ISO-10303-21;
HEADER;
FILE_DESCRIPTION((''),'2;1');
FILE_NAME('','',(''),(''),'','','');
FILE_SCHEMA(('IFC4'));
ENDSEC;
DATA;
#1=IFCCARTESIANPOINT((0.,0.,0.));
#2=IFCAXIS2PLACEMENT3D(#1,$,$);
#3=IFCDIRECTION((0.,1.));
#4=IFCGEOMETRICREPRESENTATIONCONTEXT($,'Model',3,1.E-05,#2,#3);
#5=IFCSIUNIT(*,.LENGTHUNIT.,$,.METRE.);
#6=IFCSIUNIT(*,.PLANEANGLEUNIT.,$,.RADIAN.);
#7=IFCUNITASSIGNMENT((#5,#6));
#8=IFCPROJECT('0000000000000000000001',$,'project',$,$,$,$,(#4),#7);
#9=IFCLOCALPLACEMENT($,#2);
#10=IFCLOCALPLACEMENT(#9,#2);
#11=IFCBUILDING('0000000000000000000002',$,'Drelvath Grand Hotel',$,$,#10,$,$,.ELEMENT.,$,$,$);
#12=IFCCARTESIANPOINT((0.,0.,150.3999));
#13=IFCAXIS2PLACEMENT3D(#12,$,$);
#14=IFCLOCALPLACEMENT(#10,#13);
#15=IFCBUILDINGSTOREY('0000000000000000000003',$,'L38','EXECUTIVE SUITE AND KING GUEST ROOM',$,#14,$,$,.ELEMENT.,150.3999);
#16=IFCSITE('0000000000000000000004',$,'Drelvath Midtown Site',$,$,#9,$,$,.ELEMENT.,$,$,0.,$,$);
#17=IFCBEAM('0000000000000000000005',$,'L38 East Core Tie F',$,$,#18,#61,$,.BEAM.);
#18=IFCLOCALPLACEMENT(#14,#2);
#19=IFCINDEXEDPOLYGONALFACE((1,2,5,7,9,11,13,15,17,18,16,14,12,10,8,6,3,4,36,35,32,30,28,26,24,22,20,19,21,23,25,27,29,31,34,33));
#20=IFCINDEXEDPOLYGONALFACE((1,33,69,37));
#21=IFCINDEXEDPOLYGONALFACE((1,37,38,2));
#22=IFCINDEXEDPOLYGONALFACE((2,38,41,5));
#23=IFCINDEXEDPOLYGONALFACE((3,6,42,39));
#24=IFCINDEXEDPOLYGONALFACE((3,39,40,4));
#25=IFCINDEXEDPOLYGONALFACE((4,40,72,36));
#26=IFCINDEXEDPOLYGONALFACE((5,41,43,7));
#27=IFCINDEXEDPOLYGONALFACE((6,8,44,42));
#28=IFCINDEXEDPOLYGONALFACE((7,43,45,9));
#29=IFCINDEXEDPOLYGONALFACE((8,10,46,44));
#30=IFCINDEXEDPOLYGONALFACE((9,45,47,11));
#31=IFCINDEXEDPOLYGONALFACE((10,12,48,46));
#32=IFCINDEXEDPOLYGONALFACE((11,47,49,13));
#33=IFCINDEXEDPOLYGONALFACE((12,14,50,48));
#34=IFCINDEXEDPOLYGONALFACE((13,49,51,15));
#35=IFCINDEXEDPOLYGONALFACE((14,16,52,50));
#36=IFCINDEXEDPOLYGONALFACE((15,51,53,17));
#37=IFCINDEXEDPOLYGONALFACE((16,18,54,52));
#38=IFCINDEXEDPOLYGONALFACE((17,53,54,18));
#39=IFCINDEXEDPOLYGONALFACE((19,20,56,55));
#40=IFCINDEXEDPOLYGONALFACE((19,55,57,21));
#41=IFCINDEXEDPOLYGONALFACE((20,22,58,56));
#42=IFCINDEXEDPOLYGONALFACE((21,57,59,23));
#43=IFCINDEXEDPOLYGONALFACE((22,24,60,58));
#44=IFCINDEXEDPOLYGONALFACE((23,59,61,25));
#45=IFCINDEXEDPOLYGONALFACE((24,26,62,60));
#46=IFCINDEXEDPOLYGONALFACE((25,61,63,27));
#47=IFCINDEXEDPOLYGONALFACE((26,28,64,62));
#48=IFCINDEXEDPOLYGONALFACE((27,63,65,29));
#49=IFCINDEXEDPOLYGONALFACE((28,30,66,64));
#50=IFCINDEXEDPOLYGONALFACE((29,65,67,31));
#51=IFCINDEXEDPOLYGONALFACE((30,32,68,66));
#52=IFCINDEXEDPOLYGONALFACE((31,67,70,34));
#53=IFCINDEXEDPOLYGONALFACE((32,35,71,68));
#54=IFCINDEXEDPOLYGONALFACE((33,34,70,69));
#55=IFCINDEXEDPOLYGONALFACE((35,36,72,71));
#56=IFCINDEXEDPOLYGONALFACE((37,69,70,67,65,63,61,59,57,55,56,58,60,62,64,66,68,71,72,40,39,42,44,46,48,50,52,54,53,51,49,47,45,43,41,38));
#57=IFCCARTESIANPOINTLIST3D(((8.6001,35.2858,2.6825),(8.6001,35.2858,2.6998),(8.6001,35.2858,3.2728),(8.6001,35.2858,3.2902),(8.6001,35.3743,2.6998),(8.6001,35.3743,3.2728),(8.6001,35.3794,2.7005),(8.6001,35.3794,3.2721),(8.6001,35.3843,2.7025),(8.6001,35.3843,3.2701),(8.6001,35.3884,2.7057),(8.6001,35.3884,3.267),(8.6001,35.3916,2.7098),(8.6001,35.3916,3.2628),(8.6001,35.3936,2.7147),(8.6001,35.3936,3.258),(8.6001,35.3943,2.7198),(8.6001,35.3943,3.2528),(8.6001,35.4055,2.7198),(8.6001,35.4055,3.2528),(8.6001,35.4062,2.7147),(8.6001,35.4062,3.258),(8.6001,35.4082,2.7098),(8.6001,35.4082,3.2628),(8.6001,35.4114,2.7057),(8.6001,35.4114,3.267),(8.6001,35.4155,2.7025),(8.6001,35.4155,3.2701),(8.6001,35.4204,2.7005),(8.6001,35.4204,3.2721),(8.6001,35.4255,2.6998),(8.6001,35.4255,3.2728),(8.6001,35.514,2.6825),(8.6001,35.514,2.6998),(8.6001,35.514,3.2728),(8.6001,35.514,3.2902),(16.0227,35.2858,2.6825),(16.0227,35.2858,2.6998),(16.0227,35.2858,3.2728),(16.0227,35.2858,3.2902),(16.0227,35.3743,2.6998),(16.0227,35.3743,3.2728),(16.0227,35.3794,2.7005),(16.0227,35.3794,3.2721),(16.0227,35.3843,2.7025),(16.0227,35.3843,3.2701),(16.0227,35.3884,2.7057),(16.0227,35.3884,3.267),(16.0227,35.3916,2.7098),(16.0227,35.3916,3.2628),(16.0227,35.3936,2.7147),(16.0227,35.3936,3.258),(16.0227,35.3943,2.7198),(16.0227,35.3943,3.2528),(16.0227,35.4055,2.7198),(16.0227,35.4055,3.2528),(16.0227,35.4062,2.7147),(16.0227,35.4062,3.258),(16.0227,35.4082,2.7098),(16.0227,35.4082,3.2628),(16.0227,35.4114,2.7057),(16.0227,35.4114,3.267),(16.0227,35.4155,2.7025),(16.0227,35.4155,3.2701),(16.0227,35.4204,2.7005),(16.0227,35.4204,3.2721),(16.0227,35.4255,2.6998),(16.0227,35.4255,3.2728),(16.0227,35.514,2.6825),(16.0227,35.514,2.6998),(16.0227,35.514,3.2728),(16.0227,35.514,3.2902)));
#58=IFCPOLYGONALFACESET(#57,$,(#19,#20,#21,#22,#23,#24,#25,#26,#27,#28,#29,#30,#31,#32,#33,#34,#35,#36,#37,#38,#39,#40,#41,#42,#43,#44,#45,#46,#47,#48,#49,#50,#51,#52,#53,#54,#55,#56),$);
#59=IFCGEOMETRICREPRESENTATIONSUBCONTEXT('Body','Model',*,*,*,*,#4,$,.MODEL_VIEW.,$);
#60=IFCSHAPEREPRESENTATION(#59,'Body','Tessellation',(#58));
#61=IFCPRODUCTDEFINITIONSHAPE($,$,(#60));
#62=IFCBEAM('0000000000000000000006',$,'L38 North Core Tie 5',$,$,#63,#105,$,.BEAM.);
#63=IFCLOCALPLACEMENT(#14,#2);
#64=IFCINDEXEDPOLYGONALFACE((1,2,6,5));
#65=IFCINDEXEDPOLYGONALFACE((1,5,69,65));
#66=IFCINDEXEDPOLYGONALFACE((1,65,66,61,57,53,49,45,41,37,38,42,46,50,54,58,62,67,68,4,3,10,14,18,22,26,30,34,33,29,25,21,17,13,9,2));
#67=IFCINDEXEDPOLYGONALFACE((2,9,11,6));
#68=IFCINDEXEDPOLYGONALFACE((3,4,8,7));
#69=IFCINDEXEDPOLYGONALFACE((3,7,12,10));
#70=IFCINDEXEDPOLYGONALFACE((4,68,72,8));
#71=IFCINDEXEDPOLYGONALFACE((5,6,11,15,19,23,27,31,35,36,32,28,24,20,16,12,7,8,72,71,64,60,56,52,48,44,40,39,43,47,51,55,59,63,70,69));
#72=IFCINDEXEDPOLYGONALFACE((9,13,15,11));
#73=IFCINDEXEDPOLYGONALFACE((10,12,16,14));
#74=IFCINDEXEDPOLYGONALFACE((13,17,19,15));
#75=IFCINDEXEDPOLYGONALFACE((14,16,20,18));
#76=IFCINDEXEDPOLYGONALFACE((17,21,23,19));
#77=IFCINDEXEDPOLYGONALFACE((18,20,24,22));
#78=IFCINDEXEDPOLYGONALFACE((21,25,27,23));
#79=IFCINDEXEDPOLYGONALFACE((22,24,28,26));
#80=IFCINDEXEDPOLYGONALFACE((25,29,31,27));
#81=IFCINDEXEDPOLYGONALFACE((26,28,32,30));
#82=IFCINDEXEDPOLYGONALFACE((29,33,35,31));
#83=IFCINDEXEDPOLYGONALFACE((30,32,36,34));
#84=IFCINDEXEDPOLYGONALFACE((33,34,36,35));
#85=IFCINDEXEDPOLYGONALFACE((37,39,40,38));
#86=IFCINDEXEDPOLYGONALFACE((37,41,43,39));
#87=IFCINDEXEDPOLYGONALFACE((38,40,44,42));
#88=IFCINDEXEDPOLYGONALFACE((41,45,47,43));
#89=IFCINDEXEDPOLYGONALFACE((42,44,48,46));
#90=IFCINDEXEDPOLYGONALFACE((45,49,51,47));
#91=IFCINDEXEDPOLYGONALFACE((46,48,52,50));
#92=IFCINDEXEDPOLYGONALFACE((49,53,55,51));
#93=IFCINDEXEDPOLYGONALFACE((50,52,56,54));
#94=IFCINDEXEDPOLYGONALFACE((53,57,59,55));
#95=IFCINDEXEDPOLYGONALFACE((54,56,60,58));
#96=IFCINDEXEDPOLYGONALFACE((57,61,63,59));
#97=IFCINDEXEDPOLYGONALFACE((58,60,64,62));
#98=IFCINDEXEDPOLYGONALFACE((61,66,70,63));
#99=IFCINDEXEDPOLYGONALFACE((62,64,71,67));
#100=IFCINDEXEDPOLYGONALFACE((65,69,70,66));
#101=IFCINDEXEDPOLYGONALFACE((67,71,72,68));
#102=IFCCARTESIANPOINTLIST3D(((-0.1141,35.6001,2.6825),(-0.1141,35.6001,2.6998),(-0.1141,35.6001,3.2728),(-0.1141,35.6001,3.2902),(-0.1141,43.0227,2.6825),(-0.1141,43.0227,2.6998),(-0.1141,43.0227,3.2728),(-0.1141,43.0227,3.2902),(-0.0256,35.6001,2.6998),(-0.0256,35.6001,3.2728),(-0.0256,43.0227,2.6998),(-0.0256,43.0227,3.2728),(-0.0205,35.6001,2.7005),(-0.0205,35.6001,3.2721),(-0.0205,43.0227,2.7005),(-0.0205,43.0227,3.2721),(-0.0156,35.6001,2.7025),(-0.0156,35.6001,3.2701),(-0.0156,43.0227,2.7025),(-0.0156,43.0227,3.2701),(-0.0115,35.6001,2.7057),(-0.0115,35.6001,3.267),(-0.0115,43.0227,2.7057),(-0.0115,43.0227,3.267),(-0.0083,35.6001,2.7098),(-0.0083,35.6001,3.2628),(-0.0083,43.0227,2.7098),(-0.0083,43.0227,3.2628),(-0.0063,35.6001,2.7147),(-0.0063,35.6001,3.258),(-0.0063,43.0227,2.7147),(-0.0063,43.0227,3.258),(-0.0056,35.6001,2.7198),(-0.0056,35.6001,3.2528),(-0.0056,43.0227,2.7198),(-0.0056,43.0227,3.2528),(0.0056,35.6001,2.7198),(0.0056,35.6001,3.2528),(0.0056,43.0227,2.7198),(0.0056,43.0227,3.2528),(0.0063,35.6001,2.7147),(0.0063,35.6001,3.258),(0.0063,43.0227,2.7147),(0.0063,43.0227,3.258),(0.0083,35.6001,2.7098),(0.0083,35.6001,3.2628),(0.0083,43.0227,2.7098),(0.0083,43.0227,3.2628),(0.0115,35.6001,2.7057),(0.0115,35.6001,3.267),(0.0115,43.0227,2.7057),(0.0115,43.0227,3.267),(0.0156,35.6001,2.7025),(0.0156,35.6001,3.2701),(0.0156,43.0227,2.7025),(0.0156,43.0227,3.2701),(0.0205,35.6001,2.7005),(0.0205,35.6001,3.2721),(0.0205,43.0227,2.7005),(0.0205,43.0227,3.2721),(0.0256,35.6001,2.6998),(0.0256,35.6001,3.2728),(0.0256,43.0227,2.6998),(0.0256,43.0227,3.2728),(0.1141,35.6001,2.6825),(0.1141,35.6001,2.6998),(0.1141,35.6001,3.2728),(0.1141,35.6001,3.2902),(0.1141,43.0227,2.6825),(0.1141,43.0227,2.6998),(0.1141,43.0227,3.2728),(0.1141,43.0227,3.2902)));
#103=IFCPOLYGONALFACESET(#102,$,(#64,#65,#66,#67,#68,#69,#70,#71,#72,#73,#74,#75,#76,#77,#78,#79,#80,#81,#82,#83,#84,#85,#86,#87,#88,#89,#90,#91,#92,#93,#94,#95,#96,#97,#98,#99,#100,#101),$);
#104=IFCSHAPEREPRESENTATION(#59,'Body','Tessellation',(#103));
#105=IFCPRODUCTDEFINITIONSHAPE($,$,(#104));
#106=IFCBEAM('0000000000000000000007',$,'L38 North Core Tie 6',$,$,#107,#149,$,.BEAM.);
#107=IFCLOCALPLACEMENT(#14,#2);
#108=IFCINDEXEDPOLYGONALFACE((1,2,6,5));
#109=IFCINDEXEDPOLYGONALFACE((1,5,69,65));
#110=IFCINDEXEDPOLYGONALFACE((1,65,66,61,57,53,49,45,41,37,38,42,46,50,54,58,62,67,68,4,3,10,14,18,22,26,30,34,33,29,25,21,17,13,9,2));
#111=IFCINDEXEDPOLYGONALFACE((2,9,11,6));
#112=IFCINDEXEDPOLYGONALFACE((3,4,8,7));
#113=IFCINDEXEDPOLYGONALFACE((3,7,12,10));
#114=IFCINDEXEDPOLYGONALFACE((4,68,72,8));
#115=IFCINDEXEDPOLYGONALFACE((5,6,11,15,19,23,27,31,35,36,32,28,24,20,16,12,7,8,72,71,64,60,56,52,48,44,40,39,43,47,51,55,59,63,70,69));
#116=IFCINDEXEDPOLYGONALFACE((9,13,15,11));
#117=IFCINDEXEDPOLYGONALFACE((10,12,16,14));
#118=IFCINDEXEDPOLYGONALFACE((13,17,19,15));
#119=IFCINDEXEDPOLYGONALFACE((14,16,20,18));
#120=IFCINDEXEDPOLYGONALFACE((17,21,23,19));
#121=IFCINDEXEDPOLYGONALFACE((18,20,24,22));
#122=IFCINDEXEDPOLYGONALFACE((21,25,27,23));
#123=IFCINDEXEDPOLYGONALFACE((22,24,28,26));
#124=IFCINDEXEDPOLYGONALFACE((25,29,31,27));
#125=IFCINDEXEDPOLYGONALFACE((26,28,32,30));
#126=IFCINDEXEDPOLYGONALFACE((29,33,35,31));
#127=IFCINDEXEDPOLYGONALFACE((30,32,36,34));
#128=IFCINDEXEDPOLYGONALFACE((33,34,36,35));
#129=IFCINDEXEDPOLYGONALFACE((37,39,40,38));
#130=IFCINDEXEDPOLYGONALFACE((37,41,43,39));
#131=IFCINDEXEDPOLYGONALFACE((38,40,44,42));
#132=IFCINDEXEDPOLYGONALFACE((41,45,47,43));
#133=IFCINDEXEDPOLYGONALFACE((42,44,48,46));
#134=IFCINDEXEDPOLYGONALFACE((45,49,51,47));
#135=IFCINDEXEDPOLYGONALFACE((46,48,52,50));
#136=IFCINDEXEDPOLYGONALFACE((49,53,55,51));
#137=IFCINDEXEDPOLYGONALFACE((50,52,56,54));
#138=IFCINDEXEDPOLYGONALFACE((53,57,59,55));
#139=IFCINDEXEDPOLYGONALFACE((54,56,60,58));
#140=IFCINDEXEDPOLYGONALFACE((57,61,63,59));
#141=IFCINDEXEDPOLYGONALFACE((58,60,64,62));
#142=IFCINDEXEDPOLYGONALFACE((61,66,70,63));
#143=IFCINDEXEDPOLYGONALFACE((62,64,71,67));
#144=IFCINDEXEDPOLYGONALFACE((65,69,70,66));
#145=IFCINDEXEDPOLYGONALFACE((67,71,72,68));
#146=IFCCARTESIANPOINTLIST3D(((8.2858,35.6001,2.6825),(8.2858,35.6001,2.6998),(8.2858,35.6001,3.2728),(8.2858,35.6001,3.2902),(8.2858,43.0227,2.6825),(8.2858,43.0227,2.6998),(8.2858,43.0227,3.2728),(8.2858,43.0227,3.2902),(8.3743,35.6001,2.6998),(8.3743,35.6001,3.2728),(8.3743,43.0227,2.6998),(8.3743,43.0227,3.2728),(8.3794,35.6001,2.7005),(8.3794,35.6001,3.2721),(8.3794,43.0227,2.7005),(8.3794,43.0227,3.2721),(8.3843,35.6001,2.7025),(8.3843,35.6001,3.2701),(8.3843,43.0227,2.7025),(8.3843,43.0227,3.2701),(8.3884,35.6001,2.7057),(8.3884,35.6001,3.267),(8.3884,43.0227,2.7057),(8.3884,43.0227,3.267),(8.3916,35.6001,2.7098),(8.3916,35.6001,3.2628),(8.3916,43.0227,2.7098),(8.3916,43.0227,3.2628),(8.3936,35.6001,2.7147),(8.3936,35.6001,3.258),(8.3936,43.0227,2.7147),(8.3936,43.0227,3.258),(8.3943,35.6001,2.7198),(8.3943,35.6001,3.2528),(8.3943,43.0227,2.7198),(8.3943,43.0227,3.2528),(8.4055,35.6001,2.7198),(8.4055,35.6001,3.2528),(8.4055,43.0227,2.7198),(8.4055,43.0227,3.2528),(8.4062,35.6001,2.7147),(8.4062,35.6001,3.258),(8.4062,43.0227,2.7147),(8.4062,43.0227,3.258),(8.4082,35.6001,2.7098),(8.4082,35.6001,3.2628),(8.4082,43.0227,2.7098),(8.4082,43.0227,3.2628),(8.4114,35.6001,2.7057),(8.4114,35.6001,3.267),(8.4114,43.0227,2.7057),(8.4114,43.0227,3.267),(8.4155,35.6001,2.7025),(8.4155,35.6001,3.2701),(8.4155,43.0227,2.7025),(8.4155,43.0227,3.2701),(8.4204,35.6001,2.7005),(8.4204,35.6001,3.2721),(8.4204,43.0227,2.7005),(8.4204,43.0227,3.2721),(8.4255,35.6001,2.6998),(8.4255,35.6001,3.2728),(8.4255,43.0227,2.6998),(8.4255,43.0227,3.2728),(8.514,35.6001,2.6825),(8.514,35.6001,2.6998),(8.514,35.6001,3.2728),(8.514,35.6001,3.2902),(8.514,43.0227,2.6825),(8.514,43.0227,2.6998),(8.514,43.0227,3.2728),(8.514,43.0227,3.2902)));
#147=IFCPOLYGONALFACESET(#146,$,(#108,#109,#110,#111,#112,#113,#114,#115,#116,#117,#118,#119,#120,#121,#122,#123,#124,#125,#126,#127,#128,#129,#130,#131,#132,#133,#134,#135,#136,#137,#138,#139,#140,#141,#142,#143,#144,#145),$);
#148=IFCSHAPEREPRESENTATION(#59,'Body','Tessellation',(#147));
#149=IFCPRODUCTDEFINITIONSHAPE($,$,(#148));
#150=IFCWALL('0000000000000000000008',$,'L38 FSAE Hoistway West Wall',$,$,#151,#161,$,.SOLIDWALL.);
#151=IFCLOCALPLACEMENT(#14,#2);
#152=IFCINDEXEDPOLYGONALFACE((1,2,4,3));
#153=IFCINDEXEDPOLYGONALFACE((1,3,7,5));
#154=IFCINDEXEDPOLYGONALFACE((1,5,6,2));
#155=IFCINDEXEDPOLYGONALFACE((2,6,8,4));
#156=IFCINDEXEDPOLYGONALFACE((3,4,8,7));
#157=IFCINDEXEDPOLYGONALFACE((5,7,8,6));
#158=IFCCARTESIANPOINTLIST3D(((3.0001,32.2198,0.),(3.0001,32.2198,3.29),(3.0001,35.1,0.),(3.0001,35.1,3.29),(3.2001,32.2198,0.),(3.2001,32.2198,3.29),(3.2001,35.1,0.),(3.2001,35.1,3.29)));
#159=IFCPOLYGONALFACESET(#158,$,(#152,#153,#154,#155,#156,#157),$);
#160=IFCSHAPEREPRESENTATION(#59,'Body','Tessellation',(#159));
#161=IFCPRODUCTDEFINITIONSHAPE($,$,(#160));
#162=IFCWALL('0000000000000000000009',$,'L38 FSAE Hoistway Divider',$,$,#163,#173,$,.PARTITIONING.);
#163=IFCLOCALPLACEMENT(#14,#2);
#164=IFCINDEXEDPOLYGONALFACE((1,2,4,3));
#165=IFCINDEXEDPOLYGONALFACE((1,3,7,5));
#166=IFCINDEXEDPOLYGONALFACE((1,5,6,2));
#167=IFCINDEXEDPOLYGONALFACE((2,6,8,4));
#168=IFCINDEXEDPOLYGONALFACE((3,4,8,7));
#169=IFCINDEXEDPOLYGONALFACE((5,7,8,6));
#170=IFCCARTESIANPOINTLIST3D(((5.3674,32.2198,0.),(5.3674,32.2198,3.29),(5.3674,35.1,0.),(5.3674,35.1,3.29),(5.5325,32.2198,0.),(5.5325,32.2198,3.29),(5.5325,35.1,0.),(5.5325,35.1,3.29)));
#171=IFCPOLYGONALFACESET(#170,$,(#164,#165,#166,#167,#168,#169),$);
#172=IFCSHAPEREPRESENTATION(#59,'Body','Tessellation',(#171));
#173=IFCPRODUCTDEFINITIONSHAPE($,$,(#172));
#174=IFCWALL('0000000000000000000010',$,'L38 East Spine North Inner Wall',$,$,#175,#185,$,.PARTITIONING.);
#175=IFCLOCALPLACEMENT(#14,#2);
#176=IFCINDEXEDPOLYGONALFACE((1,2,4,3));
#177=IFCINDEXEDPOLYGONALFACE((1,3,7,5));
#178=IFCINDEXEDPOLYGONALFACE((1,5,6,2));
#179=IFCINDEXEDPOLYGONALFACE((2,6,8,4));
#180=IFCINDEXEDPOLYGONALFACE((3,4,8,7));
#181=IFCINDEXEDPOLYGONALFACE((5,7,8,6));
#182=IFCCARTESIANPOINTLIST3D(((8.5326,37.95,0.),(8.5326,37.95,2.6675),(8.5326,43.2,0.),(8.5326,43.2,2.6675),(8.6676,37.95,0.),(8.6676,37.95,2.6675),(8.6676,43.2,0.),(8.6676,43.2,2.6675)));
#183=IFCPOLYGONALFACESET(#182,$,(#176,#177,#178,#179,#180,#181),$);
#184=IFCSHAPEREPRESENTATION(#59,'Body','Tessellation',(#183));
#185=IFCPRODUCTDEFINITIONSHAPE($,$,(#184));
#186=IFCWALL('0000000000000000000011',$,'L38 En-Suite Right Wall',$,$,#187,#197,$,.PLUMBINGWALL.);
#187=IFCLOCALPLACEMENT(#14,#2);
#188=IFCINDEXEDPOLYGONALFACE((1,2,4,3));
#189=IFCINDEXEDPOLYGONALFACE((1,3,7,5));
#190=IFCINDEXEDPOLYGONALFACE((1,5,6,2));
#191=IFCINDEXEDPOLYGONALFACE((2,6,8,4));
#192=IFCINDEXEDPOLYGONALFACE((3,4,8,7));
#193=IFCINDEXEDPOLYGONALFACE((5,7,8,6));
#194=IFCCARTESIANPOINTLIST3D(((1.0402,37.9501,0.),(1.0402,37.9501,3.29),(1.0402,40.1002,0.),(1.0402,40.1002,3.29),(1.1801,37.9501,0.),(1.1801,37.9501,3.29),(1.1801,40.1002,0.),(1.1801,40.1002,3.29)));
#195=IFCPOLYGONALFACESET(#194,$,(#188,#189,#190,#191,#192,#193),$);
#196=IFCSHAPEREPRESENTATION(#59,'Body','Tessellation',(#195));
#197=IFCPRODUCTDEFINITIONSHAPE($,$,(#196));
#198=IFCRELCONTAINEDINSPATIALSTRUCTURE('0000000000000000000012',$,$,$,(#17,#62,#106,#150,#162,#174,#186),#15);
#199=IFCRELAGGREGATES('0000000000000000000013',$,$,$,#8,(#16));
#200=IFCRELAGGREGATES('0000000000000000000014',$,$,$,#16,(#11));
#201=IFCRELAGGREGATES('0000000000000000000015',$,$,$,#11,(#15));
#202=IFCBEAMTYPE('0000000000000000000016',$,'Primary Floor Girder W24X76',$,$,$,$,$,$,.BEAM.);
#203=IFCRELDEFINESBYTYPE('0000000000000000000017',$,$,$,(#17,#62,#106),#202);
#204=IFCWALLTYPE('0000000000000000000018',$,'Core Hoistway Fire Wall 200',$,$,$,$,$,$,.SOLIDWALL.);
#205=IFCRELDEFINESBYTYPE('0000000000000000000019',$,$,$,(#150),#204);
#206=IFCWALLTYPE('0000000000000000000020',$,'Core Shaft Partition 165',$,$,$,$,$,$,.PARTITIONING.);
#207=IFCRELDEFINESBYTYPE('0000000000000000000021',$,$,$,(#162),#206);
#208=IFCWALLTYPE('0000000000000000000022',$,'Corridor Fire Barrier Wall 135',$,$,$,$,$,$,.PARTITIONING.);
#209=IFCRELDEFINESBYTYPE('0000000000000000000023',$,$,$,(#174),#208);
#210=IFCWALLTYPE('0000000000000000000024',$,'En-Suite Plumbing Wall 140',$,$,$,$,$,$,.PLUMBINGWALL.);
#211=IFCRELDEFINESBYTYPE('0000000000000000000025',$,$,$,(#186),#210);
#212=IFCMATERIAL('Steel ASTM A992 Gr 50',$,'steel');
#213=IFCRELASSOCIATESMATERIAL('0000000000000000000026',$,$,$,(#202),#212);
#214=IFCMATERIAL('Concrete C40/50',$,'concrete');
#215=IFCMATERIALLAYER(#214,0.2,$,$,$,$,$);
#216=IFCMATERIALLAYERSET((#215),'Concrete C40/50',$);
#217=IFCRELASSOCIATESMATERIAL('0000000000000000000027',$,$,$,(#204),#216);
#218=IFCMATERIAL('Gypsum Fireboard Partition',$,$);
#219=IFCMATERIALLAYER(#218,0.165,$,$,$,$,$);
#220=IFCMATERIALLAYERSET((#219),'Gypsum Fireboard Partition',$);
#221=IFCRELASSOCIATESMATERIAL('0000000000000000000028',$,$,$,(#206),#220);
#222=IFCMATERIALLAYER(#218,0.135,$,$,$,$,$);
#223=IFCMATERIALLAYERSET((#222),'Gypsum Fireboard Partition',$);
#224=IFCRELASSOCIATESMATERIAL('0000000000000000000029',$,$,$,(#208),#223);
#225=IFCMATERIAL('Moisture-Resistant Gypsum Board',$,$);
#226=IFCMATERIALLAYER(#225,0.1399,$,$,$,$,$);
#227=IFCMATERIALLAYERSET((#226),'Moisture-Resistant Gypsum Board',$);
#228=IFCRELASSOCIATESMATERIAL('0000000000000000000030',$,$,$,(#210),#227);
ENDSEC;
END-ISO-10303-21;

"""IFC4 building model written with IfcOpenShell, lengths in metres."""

from ifc_helpers import new_model, si_unit, direction, frame, frame_2d, origin, origin_2d, place, context, subcontext, project, spatial, rectangle, i_section, extrude, material, layer, layer_set, material_profile, profile_set, type_object, element, save


model = new_model("IFC4")

# Units and contexts
model_context = context("Model", 3, precision=1e-05, world=origin(), true_north=direction((0.0, 1.0)))
body_context = subcontext(model_context, "Body", "Model", "MODEL_VIEW")
ifc_project = project(units=[si_unit("LENGTHUNIT", "METRE"), si_unit("PLANEANGLEUNIT", "RADIAN")], contexts=[model_context])

# Site, building, storey
site_placement = place(None, origin())
site = spatial("IfcSite", under=ifc_project, at=site_placement, Name="Drelvath Midtown Site", CompositionType="ELEMENT", RefElevation=0.0)
building_placement = place(site_placement, origin())
building = spatial("IfcBuilding", under=site, at=building_placement, Name="Drelvath Grand Hotel", CompositionType="ELEMENT")
storey_placement = place(building_placement, frame((0.0, 0.0, 150.3999)))
storey = spatial("IfcBuildingStorey", under=building, at=storey_placement, Name="L38", Description="EXECUTIVE SUITE AND KING GUEST ROOM", CompositionType="ELEMENT", Elevation=150.3999)

# Beams
ifc_material_1 = material(Name="Steel ASTM A992 Gr 50", Category="steel")
ifc_material_profile = material_profile(ifc_material_1, i_section(OverallWidth=0.2283, OverallDepth=0.6077, WebThickness=0.0112, FlangeThickness=0.0173, FilletRadius=0.02, at=origin_2d()), Name="W24X76")
ifc_profile_set = profile_set([ifc_material_profile], Name="Steel ASTM A992 Gr 50")
beam_type = type_object("IfcBeamType", Name="Primary Floor Girder W24X76", PredefinedType="BEAM", material=ifc_profile_set)
for number, where, z_axis, x_axis, name in (
    (1, (8.6001, 35.3999, 2.9863), (1.0, 0.0, 0.0), (0.0, 1.0, 0.0), "L38 East Core Tie F"),
    (2, (0.0, 35.6001, 2.9863), (0.0, 1.0, 0.0), (-1.0, 0.0, 0.0), "L38 North Core Tie 5"),
    (3, (8.3999, 35.6001, 2.9863), (0.0, 1.0, 0.0), (-1.0, 0.0, 0.0), "L38 North Core Tie 6"),
):
    element("IfcBeam", number, at=place(storey_placement, frame(where, z_axis=z_axis, x_axis=x_axis)), inside=storey, type_object=beam_type, Name=name, PredefinedType="BEAM", context=body_context, shape_type="SweptSolid", body=[
        extrude(i_section(OverallWidth=0.2283, OverallDepth=0.6077, WebThickness=0.0112, FlangeThickness=0.0173, FilletRadius=0.02, at=origin_2d()), origin(), (0.0, 0.0, 1.0), 7.4226),
    ])

# Walls
ifc_material_2 = material(Name="Concrete C40/50", Category="concrete")
ifc_layer_1 = layer(ifc_material_2, 0.2)
ifc_layer_set_1 = layer_set([ifc_layer_1], Name="Concrete C40/50")
wall_type_1 = type_object("IfcWallType", Name="Core Hoistway Fire Wall 200", PredefinedType="SOLIDWALL", material=ifc_layer_set_1)
wall_1_placement = place(storey_placement, frame((3.1001, 32.22, 0.0), z_axis=(0.0, 0.0, 1.0), x_axis=(0.0, 1.0, 0.0)))
element("IfcWall", 4, at=wall_1_placement, inside=storey, type_object=wall_type_1, Name="L38 FSAE Hoistway West Wall", PredefinedType="SOLIDWALL", context=body_context, shape_type="SweptSolid", body=[
    extrude(rectangle(XDim=2.8801, YDim=0.2, at=frame_2d((1.4399, 0.0))), origin(), (0.0, 0.0, 1.0), 3.29),
])
ifc_material_3 = material(Name="Gypsum Fireboard Partition")
ifc_layer_2 = layer(ifc_material_3, 0.165)
ifc_layer_set_2 = layer_set([ifc_layer_2], Name="Gypsum Fireboard Partition")
wall_type_2 = type_object("IfcWallType", Name="Core Shaft Partition 165", PredefinedType="PARTITIONING", material=ifc_layer_set_2)
wall_2_placement = place(storey_placement, frame((5.45, 32.22, 0.0), z_axis=(0.0, 0.0, 1.0), x_axis=(0.0, 1.0, 0.0)))
element("IfcWall", 5, at=wall_2_placement, inside=storey, type_object=wall_type_2, Name="L38 FSAE Hoistway Divider", PredefinedType="PARTITIONING", context=body_context, shape_type="SweptSolid", body=[
    extrude(rectangle(XDim=2.8801, YDim=0.165, at=frame_2d((1.4399, 0.0))), origin(), (0.0, 0.0, 1.0), 3.29),
])
ifc_layer_3 = layer(ifc_material_3, 0.135)
ifc_layer_set_3 = layer_set([ifc_layer_3], Name="Gypsum Fireboard Partition")
wall_type_3 = type_object("IfcWallType", Name="Corridor Fire Barrier Wall 135", PredefinedType="PARTITIONING", material=ifc_layer_set_3)
wall_3_placement = place(storey_placement, frame((8.6001, 37.95, 0.0), z_axis=(0.0, 0.0, 1.0), x_axis=(0.0, 1.0, 0.0)))
element("IfcWall", 6, at=wall_3_placement, inside=storey, type_object=wall_type_3, Name="L38 East Spine North Inner Wall", PredefinedType="PARTITIONING", context=body_context, shape_type="SweptSolid", body=[
    extrude(rectangle(XDim=5.25, YDim=0.135, at=frame_2d((2.625, 0.0))), origin(), (0.0, 0.0, 1.0), 2.6675),
])
ifc_material_4 = material(Name="Moisture-Resistant Gypsum Board")
ifc_layer_4 = layer(ifc_material_4, 0.1399)
ifc_layer_set_4 = layer_set([ifc_layer_4], Name="Moisture-Resistant Gypsum Board")
wall_type_4 = type_object("IfcWallType", Name="En-Suite Plumbing Wall 140", PredefinedType="PLUMBINGWALL", material=ifc_layer_set_4)
for number, where, z_axis, x_axis, name in (
    (7, (1.1101, 37.95, 0.0), (0.0, 0.0, 1.0), (0.0, 1.0, 0.0), "L38 En-Suite Right Wall"),
):
    element("IfcWall", number, at=place(storey_placement, frame(where, z_axis=z_axis, x_axis=x_axis)), inside=storey, type_object=wall_type_4, Name=name, PredefinedType="PLUMBINGWALL", context=body_context, shape_type="SweptSolid", body=[
        extrude(rectangle(XDim=2.1501, YDim=0.1399, at=frame_2d((1.0752, 0.0))), origin(), (0.0, 0.0, 1.0), 3.29),
    ])

save(model, "model.ifc")
